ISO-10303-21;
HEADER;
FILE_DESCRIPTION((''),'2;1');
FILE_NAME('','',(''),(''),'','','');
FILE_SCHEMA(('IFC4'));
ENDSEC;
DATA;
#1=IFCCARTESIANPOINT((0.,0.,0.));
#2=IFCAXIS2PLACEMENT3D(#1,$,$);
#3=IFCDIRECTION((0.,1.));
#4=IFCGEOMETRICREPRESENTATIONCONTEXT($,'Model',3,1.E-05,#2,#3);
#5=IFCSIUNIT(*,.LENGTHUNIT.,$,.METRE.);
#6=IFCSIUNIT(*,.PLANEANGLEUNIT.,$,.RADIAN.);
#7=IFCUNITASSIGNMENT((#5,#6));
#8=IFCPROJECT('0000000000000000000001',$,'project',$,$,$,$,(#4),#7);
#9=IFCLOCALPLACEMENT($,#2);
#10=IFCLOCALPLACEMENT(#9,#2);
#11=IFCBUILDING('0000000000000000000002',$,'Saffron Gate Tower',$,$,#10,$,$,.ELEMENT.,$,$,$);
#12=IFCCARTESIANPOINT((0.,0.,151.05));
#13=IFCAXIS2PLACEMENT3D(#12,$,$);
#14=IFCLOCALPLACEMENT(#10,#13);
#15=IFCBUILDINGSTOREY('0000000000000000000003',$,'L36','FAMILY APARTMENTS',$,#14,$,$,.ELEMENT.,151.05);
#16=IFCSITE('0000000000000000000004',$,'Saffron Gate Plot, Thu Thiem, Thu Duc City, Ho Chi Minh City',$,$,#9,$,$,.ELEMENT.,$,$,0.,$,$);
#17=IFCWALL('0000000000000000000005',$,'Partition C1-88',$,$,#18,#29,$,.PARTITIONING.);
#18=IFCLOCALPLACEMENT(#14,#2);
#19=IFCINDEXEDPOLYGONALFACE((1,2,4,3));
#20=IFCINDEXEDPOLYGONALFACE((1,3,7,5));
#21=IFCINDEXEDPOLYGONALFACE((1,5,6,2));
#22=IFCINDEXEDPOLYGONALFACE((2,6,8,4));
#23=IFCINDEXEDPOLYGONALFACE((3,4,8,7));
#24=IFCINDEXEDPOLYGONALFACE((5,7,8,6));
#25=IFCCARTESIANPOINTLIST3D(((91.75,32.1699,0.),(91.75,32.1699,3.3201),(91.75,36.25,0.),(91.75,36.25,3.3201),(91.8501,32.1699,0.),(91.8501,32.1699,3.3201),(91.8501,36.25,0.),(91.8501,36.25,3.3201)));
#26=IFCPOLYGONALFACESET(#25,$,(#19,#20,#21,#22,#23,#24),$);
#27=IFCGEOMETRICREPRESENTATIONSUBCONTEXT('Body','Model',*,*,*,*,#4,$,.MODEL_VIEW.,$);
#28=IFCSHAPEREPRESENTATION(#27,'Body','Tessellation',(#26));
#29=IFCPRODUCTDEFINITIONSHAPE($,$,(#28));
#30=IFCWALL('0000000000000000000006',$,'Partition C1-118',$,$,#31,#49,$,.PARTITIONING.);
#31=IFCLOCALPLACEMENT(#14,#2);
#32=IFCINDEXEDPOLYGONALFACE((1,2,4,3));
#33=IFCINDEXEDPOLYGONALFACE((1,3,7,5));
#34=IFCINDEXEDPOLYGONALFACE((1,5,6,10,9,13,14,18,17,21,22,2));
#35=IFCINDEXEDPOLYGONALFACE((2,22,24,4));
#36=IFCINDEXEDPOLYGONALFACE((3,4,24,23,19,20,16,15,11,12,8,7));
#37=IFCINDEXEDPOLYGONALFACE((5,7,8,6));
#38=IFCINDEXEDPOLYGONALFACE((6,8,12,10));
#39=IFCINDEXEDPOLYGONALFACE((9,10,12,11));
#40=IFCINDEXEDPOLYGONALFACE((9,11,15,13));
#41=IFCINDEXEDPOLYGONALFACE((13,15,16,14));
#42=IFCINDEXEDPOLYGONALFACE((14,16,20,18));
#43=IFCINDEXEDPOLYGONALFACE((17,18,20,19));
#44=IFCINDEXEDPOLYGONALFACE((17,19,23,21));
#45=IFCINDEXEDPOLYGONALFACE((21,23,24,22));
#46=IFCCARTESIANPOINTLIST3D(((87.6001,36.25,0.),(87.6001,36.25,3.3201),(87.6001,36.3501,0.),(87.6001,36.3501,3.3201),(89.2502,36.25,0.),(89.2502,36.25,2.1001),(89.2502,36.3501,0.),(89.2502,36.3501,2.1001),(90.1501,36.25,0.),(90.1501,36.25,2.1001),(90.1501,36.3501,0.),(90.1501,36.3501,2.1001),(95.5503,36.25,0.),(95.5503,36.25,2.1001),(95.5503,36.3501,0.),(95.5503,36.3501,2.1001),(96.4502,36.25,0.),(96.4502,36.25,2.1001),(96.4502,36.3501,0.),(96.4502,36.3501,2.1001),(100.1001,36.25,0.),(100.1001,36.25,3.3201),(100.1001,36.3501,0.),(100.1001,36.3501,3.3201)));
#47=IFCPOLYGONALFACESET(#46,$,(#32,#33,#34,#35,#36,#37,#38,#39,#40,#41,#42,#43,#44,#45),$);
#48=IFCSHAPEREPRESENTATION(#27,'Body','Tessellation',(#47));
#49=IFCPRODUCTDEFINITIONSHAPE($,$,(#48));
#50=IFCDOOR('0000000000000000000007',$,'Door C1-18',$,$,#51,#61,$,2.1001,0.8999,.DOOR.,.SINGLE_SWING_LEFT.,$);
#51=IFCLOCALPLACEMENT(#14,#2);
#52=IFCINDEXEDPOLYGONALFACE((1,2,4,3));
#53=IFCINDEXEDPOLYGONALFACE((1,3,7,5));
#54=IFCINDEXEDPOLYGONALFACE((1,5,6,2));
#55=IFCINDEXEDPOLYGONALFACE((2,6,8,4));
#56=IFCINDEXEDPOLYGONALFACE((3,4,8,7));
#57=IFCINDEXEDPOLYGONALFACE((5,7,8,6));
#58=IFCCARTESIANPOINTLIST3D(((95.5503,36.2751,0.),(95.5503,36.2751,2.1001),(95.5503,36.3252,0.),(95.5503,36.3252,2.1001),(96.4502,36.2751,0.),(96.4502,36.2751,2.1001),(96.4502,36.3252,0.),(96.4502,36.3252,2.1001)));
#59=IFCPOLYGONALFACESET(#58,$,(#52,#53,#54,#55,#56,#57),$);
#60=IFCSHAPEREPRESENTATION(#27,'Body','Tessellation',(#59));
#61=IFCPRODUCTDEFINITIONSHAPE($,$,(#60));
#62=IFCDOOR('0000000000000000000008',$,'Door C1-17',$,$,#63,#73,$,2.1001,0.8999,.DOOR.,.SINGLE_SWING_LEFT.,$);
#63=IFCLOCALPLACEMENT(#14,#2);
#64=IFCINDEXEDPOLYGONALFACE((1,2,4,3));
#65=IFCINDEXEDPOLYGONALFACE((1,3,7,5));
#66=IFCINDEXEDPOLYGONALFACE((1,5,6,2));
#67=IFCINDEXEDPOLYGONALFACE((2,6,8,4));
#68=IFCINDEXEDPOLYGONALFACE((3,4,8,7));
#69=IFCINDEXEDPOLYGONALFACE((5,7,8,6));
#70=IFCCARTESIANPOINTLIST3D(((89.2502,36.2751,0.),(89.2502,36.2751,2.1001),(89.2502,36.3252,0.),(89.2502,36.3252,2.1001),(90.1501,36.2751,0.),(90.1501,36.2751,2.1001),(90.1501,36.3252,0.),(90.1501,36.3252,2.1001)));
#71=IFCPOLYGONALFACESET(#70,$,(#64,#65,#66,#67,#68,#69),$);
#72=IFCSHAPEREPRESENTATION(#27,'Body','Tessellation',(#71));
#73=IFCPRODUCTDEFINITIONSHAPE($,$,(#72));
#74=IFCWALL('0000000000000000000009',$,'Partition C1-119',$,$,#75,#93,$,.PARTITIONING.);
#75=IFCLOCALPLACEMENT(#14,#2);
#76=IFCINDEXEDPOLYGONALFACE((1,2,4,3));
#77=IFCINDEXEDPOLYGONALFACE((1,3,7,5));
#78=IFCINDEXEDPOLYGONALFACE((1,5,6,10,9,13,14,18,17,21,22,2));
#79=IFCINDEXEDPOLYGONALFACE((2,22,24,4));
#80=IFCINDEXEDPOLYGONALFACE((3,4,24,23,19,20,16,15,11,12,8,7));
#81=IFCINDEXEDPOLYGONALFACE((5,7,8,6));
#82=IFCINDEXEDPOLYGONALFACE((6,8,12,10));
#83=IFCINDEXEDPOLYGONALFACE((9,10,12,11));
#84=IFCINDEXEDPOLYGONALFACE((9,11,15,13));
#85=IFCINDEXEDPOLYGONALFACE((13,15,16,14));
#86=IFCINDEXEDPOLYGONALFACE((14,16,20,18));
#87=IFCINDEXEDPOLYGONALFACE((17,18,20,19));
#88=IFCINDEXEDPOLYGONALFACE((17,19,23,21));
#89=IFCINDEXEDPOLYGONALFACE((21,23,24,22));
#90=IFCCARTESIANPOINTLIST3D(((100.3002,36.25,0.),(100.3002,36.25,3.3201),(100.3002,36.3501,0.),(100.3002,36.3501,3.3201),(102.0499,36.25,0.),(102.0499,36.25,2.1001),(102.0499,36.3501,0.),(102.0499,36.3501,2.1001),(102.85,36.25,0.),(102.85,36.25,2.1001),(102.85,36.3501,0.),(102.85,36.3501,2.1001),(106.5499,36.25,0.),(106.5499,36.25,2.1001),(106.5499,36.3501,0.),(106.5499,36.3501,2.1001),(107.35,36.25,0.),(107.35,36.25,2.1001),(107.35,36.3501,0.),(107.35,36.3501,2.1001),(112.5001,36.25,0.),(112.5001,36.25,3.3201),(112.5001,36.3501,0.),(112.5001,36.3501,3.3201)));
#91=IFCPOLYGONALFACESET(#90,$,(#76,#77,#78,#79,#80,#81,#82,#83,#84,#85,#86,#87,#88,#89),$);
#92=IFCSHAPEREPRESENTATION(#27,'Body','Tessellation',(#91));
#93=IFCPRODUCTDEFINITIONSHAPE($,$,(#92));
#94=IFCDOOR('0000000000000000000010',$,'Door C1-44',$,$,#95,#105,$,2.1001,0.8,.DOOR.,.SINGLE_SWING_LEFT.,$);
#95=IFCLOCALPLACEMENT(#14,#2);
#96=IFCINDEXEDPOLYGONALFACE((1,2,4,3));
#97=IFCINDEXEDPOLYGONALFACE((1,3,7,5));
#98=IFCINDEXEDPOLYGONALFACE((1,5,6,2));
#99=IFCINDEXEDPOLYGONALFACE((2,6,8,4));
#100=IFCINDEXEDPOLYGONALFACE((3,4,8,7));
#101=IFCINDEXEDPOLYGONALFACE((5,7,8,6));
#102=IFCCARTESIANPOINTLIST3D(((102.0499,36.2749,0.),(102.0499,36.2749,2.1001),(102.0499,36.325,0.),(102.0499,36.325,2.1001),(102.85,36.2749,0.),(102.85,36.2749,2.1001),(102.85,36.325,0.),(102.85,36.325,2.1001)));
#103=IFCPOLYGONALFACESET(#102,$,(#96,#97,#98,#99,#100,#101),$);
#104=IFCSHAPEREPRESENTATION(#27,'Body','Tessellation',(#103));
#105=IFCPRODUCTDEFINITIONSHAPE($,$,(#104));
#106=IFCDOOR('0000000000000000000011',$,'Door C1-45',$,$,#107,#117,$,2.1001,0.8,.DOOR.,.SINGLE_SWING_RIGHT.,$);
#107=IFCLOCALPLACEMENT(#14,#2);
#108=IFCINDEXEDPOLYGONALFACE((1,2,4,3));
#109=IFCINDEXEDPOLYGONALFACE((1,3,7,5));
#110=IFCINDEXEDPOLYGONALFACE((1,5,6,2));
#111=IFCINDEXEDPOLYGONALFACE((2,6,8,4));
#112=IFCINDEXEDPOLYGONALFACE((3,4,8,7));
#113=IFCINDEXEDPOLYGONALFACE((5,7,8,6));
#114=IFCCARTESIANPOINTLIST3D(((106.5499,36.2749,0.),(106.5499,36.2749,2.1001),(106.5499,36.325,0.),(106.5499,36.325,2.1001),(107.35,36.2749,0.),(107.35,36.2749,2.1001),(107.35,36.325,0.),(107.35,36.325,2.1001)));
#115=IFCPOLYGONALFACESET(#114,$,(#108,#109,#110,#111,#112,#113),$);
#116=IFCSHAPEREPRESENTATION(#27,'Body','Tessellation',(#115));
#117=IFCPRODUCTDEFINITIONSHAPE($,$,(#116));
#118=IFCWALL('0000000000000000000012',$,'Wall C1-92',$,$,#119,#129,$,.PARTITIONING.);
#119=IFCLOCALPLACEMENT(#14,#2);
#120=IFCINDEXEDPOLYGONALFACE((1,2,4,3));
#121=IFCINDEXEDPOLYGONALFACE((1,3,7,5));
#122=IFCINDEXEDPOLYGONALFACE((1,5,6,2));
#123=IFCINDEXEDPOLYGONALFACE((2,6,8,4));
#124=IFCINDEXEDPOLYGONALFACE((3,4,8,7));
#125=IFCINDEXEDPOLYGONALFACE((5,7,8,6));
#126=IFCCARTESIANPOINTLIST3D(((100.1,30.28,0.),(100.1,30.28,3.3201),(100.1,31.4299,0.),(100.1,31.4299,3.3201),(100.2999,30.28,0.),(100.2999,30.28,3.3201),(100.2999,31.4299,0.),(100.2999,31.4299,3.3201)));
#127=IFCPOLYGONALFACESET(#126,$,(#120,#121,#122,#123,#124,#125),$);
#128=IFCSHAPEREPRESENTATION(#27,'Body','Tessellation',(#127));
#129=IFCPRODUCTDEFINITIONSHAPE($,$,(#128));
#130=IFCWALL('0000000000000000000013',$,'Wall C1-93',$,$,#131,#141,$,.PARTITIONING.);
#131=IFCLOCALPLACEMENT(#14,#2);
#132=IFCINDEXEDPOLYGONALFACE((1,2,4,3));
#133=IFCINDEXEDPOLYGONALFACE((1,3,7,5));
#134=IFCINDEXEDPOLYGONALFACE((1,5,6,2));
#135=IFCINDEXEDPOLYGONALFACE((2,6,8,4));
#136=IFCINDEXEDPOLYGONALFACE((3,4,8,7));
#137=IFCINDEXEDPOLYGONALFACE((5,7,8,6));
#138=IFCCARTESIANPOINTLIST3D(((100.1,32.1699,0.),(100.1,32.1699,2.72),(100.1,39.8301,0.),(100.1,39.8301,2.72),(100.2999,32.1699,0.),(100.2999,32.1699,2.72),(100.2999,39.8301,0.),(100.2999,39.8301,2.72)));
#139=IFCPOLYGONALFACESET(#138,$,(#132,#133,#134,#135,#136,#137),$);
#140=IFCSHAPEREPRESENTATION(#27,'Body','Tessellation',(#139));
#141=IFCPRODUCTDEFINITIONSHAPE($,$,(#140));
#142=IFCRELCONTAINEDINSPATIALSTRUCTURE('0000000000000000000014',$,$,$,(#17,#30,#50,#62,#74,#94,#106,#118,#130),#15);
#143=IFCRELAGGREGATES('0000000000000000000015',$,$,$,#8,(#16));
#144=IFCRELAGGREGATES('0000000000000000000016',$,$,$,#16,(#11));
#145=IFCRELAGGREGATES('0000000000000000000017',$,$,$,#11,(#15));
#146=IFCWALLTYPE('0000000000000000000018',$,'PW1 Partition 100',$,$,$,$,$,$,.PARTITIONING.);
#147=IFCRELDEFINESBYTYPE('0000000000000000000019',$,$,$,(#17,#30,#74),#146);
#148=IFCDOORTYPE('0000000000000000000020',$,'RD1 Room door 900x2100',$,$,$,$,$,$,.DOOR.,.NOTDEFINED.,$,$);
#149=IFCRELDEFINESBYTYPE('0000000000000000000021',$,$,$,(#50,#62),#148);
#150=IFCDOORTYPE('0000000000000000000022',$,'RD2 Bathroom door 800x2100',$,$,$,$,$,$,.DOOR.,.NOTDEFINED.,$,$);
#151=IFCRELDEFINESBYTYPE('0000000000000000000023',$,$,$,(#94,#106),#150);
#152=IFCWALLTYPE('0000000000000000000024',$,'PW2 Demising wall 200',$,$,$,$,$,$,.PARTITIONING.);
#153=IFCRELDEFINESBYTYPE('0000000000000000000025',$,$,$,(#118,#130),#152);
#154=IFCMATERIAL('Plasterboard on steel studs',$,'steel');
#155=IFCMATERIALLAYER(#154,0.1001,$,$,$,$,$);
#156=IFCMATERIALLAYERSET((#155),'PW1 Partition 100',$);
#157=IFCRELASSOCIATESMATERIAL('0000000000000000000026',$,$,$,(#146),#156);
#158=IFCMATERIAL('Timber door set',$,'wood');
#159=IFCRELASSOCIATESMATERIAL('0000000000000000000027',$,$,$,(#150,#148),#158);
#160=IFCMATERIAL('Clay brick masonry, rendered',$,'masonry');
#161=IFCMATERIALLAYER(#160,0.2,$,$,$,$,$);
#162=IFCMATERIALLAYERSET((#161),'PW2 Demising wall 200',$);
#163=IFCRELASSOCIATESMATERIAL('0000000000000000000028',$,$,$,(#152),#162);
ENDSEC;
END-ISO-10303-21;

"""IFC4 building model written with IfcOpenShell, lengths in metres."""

from ifc_helpers import new_model, si_unit, direction, frame, frame_2d, origin, place, context, subcontext, project, spatial, rectangle, extrude, material, layer, layer_set, type_object, element, fill, save


model = new_model("IFC4")

# Units and contexts
model_context = context("Model", 3, precision=1e-05, world=origin(), true_north=direction((0.0, 1.0)))
body_context = subcontext(model_context, "Body", "Model", "MODEL_VIEW")
ifc_project = project(units=[si_unit("LENGTHUNIT", "METRE"), si_unit("PLANEANGLEUNIT", "RADIAN")], contexts=[model_context])

# Site, building, storey
site_placement = place(None, origin())
site = spatial("IfcSite", under=ifc_project, at=site_placement, Name="Saffron Gate Plot, Thu Thiem, Thu Duc City, Ho Chi Minh City", CompositionType="ELEMENT", RefElevation=0.0)
building_placement = place(site_placement, origin())
building = spatial("IfcBuilding", under=site, at=building_placement, Name="Saffron Gate Tower", CompositionType="ELEMENT")
storey_placement = place(building_placement, frame((0.0, 0.0, 151.05)))
storey = spatial("IfcBuildingStorey", under=building, at=storey_placement, Name="L36", Description="FAMILY APARTMENTS", CompositionType="ELEMENT", Elevation=151.05)

# Shared definitions
ifc_material_1 = material(Name="Plasterboard on steel studs", Category="steel")
ifc_layer_1 = layer(ifc_material_1, 0.1001)
ifc_layer_set_1 = layer_set([ifc_layer_1], Name="PW1 Partition 100")
wall_type_1 = type_object("IfcWallType", Name="PW1 Partition 100", PredefinedType="PARTITIONING", material=ifc_layer_set_1)
ifc_material_2 = material(Name="Timber door set", Category="wood")
door_type_1 = type_object("IfcDoorType", Name="RD2 Bathroom door 800x2100", OperationType="NOTDEFINED", PredefinedType="DOOR", material=ifc_material_2)

# Wall
wall_1_placement = place(storey_placement, frame((91.8, 36.25, 0.0), z_axis=(0.0, 0.0, 1.0), x_axis=(0.0, -1.0, 0.0)))
element("IfcWall", 1, at=wall_1_placement, inside=storey, type_object=wall_type_1, Name="Partition C1-88", PredefinedType="PARTITIONING", context=body_context, shape_type="SweptSolid", body=[
    extrude(rectangle(XDim=4.0801, YDim=0.1001, at=frame_2d((2.04, 0.0))), origin(), (0.0, 0.0, 1.0), 3.3201),
])

# Walls, openings, doors
wall_2_placement = place(storey_placement, frame((100.1001, 36.3, 0.0), z_axis=(0.0, 0.0, 1.0), x_axis=(-1.0, 0.0, 0.0)))
wall_2 = element("IfcWall", 2, at=wall_2_placement, inside=storey, type_object=wall_type_1, Name="Partition C1-118", PredefinedType="PARTITIONING", context=body_context, shape_type="SweptSolid", body=[
    extrude(rectangle(XDim=12.5, YDim=0.1001, at=frame_2d((6.25, 0.0))), origin(), (0.0, 0.0, 1.0), 3.3201),
])
opening_1_placement = place(wall_2_placement, frame((3.6499, 0.0, 0.0)))
opening_1 = element("IfcOpeningElement", 3, at=opening_1_placement, cuts=wall_2, PredefinedType="OPENING", context=body_context, shape_type="SweptSolid", body=[
    extrude(rectangle(XDim=0.8999, YDim=2.1001, at=frame_2d((0.45, 1.05))), frame((0.0, 0.0601, 0.0), z_axis=(0.0, -1.0, 0.0), x_axis=(1.0, 0.0, 0.0)), (0.0, 0.0, 1.0), 0.1201),
])
opening_2_placement = place(wall_2_placement, frame((9.95, 0.0, 0.0)))
opening_2 = element("IfcOpeningElement", 4, at=opening_2_placement, cuts=wall_2, PredefinedType="OPENING", context=body_context, shape_type="SweptSolid", body=[
    extrude(rectangle(XDim=0.8999, YDim=2.1001, at=frame_2d((0.45, 1.05))), frame((0.0, 0.0601, 0.0), z_axis=(0.0, -1.0, 0.0), x_axis=(1.0, 0.0, 0.0)), (0.0, 0.0, 1.0), 0.1201),
])
door_type_2 = type_object("IfcDoorType", Name="RD1 Room door 900x2100", OperationType="NOTDEFINED", PredefinedType="DOOR", material=ifc_material_2)
door_1_placement = place(opening_1_placement, origin())
door_1 = element("IfcDoor", 5, at=door_1_placement, inside=storey, type_object=door_type_2, Name="Door C1-18", OperationType="SINGLE_SWING_LEFT", OverallHeight=2.1001, OverallWidth=0.8999, PredefinedType="DOOR", context=body_context, shape_type="SweptSolid", body=[
    extrude(rectangle(XDim=0.8999, YDim=2.1001, at=frame_2d((0.45, 1.05))), frame((0.0, 0.0249, 0.0), z_axis=(0.0, -1.0, 0.0), x_axis=(1.0, 0.0, 0.0)), (0.0, 0.0, 1.0), 0.05),
])
fill(opening_1, door_1)
door_2_placement = place(opening_2_placement, origin())
door_2 = element("IfcDoor", 6, at=door_2_placement, inside=storey, type_object=door_type_2, Name="Door C1-17", OperationType="SINGLE_SWING_LEFT", OverallHeight=2.1001, OverallWidth=0.8999, PredefinedType="DOOR", context=body_context, shape_type="SweptSolid", body=[
    extrude(rectangle(XDim=0.8999, YDim=2.1001, at=frame_2d((0.45, 1.05))), frame((0.0, 0.0249, 0.0), z_axis=(0.0, -1.0, 0.0), x_axis=(1.0, 0.0, 0.0)), (0.0, 0.0, 1.0), 0.05),
])
fill(opening_2, door_2)
wall_3_placement = place(storey_placement, frame((100.3, 36.3, 0.0), z_axis=(0.0, 0.0, 1.0), x_axis=(1.0, 0.0, 0.0)))
wall_3 = element("IfcWall", 7, at=wall_3_placement, inside=storey, type_object=wall_type_1, Name="Partition C1-119", PredefinedType="PARTITIONING", context=body_context, shape_type="SweptSolid", body=[
    extrude(rectangle(XDim=12.2, YDim=0.1001, at=frame_2d((6.1001, 0.0))), origin(), (0.0, 0.0, 1.0), 3.3201),
])
opening_3_placement = place(wall_3_placement, frame((1.75, 0.0, 0.0)))
opening_3 = element("IfcOpeningElement", 8, at=opening_3_placement, cuts=wall_3, PredefinedType="OPENING", context=body_context, shape_type="SweptSolid", body=[
    extrude(rectangle(XDim=0.8, YDim=2.1001, at=frame_2d((0.3999, 1.05))), frame((0.0, 0.0601, 0.0), z_axis=(0.0, -1.0, 0.0), x_axis=(1.0, 0.0, 0.0)), (0.0, 0.0, 1.0), 0.1201),
])
opening_4_placement = place(wall_3_placement, frame((6.25, 0.0, 0.0)))
opening_4 = element("IfcOpeningElement", 9, at=opening_4_placement, cuts=wall_3, PredefinedType="OPENING", context=body_context, shape_type="SweptSolid", body=[
    extrude(rectangle(XDim=0.8, YDim=2.1001, at=frame_2d((0.3999, 1.05))), frame((0.0, 0.0601, 0.0), z_axis=(0.0, -1.0, 0.0), x_axis=(1.0, 0.0, 0.0)), (0.0, 0.0, 1.0), 0.1201),
])
door_3_placement = place(opening_3_placement, origin())
door_3 = element("IfcDoor", 10, at=door_3_placement, inside=storey, type_object=door_type_1, Name="Door C1-44", OperationType="SINGLE_SWING_LEFT", OverallHeight=2.1001, OverallWidth=0.8, PredefinedType="DOOR", context=body_context, shape_type="SweptSolid", body=[
    extrude(rectangle(XDim=0.8, YDim=2.1001, at=frame_2d((0.3999, 1.05))), frame((0.0, 0.0249, 0.0), z_axis=(0.0, -1.0, 0.0), x_axis=(1.0, 0.0, 0.0)), (0.0, 0.0, 1.0), 0.05),
])
fill(opening_3, door_3)
door_4_placement = place(opening_4_placement, origin())
door_4 = element("IfcDoor", 11, at=door_4_placement, inside=storey, type_object=door_type_1, Name="Door C1-45", OperationType="SINGLE_SWING_RIGHT", OverallHeight=2.1001, OverallWidth=0.8, PredefinedType="DOOR", context=body_context, shape_type="SweptSolid", body=[
    extrude(rectangle(XDim=0.8, YDim=2.1001, at=frame_2d((0.3999, 1.05))), frame((0.0, 0.0249, 0.0), z_axis=(0.0, -1.0, 0.0), x_axis=(1.0, 0.0, 0.0)), (0.0, 0.0, 1.0), 0.05),
])
fill(opening_4, door_4)

# Walls
ifc_material_3 = material(Name="Clay brick masonry, rendered", Category="masonry")
ifc_layer_2 = layer(ifc_material_3, 0.2)
ifc_layer_set_2 = layer_set([ifc_layer_2], Name="PW2 Demising wall 200")
wall_type_2 = type_object("IfcWallType", Name="PW2 Demising wall 200", PredefinedType="PARTITIONING", material=ifc_layer_set_2)
wall_4_placement = place(storey_placement, frame((100.2, 31.4299, 0.0), z_axis=(0.0, 0.0, 1.0), x_axis=(0.0, -1.0, 0.0)))
element("IfcWall", 12, at=wall_4_placement, inside=storey, type_object=wall_type_2, Name="Wall C1-92", PredefinedType="PARTITIONING", context=body_context, shape_type="SweptSolid", body=[
    extrude(rectangle(XDim=1.1499, YDim=0.2, at=frame_2d((0.575, 0.0))), origin(), (0.0, 0.0, 1.0), 3.3201),
])
wall_5_placement = place(storey_placement, frame((100.2, 39.8301, 0.0), z_axis=(0.0, 0.0, 1.0), x_axis=(0.0, -1.0, 0.0)))
element("IfcWall", 13, at=wall_5_placement, inside=storey, type_object=wall_type_2, Name="Wall C1-93", PredefinedType="PARTITIONING", context=body_context, shape_type="SweptSolid", body=[
    extrude(rectangle(XDim=7.6602, YDim=0.2, at=frame_2d((3.8301, 0.0))), origin(), (0.0, 0.0, 1.0), 2.72),
])

save(model, "model.ifc")
